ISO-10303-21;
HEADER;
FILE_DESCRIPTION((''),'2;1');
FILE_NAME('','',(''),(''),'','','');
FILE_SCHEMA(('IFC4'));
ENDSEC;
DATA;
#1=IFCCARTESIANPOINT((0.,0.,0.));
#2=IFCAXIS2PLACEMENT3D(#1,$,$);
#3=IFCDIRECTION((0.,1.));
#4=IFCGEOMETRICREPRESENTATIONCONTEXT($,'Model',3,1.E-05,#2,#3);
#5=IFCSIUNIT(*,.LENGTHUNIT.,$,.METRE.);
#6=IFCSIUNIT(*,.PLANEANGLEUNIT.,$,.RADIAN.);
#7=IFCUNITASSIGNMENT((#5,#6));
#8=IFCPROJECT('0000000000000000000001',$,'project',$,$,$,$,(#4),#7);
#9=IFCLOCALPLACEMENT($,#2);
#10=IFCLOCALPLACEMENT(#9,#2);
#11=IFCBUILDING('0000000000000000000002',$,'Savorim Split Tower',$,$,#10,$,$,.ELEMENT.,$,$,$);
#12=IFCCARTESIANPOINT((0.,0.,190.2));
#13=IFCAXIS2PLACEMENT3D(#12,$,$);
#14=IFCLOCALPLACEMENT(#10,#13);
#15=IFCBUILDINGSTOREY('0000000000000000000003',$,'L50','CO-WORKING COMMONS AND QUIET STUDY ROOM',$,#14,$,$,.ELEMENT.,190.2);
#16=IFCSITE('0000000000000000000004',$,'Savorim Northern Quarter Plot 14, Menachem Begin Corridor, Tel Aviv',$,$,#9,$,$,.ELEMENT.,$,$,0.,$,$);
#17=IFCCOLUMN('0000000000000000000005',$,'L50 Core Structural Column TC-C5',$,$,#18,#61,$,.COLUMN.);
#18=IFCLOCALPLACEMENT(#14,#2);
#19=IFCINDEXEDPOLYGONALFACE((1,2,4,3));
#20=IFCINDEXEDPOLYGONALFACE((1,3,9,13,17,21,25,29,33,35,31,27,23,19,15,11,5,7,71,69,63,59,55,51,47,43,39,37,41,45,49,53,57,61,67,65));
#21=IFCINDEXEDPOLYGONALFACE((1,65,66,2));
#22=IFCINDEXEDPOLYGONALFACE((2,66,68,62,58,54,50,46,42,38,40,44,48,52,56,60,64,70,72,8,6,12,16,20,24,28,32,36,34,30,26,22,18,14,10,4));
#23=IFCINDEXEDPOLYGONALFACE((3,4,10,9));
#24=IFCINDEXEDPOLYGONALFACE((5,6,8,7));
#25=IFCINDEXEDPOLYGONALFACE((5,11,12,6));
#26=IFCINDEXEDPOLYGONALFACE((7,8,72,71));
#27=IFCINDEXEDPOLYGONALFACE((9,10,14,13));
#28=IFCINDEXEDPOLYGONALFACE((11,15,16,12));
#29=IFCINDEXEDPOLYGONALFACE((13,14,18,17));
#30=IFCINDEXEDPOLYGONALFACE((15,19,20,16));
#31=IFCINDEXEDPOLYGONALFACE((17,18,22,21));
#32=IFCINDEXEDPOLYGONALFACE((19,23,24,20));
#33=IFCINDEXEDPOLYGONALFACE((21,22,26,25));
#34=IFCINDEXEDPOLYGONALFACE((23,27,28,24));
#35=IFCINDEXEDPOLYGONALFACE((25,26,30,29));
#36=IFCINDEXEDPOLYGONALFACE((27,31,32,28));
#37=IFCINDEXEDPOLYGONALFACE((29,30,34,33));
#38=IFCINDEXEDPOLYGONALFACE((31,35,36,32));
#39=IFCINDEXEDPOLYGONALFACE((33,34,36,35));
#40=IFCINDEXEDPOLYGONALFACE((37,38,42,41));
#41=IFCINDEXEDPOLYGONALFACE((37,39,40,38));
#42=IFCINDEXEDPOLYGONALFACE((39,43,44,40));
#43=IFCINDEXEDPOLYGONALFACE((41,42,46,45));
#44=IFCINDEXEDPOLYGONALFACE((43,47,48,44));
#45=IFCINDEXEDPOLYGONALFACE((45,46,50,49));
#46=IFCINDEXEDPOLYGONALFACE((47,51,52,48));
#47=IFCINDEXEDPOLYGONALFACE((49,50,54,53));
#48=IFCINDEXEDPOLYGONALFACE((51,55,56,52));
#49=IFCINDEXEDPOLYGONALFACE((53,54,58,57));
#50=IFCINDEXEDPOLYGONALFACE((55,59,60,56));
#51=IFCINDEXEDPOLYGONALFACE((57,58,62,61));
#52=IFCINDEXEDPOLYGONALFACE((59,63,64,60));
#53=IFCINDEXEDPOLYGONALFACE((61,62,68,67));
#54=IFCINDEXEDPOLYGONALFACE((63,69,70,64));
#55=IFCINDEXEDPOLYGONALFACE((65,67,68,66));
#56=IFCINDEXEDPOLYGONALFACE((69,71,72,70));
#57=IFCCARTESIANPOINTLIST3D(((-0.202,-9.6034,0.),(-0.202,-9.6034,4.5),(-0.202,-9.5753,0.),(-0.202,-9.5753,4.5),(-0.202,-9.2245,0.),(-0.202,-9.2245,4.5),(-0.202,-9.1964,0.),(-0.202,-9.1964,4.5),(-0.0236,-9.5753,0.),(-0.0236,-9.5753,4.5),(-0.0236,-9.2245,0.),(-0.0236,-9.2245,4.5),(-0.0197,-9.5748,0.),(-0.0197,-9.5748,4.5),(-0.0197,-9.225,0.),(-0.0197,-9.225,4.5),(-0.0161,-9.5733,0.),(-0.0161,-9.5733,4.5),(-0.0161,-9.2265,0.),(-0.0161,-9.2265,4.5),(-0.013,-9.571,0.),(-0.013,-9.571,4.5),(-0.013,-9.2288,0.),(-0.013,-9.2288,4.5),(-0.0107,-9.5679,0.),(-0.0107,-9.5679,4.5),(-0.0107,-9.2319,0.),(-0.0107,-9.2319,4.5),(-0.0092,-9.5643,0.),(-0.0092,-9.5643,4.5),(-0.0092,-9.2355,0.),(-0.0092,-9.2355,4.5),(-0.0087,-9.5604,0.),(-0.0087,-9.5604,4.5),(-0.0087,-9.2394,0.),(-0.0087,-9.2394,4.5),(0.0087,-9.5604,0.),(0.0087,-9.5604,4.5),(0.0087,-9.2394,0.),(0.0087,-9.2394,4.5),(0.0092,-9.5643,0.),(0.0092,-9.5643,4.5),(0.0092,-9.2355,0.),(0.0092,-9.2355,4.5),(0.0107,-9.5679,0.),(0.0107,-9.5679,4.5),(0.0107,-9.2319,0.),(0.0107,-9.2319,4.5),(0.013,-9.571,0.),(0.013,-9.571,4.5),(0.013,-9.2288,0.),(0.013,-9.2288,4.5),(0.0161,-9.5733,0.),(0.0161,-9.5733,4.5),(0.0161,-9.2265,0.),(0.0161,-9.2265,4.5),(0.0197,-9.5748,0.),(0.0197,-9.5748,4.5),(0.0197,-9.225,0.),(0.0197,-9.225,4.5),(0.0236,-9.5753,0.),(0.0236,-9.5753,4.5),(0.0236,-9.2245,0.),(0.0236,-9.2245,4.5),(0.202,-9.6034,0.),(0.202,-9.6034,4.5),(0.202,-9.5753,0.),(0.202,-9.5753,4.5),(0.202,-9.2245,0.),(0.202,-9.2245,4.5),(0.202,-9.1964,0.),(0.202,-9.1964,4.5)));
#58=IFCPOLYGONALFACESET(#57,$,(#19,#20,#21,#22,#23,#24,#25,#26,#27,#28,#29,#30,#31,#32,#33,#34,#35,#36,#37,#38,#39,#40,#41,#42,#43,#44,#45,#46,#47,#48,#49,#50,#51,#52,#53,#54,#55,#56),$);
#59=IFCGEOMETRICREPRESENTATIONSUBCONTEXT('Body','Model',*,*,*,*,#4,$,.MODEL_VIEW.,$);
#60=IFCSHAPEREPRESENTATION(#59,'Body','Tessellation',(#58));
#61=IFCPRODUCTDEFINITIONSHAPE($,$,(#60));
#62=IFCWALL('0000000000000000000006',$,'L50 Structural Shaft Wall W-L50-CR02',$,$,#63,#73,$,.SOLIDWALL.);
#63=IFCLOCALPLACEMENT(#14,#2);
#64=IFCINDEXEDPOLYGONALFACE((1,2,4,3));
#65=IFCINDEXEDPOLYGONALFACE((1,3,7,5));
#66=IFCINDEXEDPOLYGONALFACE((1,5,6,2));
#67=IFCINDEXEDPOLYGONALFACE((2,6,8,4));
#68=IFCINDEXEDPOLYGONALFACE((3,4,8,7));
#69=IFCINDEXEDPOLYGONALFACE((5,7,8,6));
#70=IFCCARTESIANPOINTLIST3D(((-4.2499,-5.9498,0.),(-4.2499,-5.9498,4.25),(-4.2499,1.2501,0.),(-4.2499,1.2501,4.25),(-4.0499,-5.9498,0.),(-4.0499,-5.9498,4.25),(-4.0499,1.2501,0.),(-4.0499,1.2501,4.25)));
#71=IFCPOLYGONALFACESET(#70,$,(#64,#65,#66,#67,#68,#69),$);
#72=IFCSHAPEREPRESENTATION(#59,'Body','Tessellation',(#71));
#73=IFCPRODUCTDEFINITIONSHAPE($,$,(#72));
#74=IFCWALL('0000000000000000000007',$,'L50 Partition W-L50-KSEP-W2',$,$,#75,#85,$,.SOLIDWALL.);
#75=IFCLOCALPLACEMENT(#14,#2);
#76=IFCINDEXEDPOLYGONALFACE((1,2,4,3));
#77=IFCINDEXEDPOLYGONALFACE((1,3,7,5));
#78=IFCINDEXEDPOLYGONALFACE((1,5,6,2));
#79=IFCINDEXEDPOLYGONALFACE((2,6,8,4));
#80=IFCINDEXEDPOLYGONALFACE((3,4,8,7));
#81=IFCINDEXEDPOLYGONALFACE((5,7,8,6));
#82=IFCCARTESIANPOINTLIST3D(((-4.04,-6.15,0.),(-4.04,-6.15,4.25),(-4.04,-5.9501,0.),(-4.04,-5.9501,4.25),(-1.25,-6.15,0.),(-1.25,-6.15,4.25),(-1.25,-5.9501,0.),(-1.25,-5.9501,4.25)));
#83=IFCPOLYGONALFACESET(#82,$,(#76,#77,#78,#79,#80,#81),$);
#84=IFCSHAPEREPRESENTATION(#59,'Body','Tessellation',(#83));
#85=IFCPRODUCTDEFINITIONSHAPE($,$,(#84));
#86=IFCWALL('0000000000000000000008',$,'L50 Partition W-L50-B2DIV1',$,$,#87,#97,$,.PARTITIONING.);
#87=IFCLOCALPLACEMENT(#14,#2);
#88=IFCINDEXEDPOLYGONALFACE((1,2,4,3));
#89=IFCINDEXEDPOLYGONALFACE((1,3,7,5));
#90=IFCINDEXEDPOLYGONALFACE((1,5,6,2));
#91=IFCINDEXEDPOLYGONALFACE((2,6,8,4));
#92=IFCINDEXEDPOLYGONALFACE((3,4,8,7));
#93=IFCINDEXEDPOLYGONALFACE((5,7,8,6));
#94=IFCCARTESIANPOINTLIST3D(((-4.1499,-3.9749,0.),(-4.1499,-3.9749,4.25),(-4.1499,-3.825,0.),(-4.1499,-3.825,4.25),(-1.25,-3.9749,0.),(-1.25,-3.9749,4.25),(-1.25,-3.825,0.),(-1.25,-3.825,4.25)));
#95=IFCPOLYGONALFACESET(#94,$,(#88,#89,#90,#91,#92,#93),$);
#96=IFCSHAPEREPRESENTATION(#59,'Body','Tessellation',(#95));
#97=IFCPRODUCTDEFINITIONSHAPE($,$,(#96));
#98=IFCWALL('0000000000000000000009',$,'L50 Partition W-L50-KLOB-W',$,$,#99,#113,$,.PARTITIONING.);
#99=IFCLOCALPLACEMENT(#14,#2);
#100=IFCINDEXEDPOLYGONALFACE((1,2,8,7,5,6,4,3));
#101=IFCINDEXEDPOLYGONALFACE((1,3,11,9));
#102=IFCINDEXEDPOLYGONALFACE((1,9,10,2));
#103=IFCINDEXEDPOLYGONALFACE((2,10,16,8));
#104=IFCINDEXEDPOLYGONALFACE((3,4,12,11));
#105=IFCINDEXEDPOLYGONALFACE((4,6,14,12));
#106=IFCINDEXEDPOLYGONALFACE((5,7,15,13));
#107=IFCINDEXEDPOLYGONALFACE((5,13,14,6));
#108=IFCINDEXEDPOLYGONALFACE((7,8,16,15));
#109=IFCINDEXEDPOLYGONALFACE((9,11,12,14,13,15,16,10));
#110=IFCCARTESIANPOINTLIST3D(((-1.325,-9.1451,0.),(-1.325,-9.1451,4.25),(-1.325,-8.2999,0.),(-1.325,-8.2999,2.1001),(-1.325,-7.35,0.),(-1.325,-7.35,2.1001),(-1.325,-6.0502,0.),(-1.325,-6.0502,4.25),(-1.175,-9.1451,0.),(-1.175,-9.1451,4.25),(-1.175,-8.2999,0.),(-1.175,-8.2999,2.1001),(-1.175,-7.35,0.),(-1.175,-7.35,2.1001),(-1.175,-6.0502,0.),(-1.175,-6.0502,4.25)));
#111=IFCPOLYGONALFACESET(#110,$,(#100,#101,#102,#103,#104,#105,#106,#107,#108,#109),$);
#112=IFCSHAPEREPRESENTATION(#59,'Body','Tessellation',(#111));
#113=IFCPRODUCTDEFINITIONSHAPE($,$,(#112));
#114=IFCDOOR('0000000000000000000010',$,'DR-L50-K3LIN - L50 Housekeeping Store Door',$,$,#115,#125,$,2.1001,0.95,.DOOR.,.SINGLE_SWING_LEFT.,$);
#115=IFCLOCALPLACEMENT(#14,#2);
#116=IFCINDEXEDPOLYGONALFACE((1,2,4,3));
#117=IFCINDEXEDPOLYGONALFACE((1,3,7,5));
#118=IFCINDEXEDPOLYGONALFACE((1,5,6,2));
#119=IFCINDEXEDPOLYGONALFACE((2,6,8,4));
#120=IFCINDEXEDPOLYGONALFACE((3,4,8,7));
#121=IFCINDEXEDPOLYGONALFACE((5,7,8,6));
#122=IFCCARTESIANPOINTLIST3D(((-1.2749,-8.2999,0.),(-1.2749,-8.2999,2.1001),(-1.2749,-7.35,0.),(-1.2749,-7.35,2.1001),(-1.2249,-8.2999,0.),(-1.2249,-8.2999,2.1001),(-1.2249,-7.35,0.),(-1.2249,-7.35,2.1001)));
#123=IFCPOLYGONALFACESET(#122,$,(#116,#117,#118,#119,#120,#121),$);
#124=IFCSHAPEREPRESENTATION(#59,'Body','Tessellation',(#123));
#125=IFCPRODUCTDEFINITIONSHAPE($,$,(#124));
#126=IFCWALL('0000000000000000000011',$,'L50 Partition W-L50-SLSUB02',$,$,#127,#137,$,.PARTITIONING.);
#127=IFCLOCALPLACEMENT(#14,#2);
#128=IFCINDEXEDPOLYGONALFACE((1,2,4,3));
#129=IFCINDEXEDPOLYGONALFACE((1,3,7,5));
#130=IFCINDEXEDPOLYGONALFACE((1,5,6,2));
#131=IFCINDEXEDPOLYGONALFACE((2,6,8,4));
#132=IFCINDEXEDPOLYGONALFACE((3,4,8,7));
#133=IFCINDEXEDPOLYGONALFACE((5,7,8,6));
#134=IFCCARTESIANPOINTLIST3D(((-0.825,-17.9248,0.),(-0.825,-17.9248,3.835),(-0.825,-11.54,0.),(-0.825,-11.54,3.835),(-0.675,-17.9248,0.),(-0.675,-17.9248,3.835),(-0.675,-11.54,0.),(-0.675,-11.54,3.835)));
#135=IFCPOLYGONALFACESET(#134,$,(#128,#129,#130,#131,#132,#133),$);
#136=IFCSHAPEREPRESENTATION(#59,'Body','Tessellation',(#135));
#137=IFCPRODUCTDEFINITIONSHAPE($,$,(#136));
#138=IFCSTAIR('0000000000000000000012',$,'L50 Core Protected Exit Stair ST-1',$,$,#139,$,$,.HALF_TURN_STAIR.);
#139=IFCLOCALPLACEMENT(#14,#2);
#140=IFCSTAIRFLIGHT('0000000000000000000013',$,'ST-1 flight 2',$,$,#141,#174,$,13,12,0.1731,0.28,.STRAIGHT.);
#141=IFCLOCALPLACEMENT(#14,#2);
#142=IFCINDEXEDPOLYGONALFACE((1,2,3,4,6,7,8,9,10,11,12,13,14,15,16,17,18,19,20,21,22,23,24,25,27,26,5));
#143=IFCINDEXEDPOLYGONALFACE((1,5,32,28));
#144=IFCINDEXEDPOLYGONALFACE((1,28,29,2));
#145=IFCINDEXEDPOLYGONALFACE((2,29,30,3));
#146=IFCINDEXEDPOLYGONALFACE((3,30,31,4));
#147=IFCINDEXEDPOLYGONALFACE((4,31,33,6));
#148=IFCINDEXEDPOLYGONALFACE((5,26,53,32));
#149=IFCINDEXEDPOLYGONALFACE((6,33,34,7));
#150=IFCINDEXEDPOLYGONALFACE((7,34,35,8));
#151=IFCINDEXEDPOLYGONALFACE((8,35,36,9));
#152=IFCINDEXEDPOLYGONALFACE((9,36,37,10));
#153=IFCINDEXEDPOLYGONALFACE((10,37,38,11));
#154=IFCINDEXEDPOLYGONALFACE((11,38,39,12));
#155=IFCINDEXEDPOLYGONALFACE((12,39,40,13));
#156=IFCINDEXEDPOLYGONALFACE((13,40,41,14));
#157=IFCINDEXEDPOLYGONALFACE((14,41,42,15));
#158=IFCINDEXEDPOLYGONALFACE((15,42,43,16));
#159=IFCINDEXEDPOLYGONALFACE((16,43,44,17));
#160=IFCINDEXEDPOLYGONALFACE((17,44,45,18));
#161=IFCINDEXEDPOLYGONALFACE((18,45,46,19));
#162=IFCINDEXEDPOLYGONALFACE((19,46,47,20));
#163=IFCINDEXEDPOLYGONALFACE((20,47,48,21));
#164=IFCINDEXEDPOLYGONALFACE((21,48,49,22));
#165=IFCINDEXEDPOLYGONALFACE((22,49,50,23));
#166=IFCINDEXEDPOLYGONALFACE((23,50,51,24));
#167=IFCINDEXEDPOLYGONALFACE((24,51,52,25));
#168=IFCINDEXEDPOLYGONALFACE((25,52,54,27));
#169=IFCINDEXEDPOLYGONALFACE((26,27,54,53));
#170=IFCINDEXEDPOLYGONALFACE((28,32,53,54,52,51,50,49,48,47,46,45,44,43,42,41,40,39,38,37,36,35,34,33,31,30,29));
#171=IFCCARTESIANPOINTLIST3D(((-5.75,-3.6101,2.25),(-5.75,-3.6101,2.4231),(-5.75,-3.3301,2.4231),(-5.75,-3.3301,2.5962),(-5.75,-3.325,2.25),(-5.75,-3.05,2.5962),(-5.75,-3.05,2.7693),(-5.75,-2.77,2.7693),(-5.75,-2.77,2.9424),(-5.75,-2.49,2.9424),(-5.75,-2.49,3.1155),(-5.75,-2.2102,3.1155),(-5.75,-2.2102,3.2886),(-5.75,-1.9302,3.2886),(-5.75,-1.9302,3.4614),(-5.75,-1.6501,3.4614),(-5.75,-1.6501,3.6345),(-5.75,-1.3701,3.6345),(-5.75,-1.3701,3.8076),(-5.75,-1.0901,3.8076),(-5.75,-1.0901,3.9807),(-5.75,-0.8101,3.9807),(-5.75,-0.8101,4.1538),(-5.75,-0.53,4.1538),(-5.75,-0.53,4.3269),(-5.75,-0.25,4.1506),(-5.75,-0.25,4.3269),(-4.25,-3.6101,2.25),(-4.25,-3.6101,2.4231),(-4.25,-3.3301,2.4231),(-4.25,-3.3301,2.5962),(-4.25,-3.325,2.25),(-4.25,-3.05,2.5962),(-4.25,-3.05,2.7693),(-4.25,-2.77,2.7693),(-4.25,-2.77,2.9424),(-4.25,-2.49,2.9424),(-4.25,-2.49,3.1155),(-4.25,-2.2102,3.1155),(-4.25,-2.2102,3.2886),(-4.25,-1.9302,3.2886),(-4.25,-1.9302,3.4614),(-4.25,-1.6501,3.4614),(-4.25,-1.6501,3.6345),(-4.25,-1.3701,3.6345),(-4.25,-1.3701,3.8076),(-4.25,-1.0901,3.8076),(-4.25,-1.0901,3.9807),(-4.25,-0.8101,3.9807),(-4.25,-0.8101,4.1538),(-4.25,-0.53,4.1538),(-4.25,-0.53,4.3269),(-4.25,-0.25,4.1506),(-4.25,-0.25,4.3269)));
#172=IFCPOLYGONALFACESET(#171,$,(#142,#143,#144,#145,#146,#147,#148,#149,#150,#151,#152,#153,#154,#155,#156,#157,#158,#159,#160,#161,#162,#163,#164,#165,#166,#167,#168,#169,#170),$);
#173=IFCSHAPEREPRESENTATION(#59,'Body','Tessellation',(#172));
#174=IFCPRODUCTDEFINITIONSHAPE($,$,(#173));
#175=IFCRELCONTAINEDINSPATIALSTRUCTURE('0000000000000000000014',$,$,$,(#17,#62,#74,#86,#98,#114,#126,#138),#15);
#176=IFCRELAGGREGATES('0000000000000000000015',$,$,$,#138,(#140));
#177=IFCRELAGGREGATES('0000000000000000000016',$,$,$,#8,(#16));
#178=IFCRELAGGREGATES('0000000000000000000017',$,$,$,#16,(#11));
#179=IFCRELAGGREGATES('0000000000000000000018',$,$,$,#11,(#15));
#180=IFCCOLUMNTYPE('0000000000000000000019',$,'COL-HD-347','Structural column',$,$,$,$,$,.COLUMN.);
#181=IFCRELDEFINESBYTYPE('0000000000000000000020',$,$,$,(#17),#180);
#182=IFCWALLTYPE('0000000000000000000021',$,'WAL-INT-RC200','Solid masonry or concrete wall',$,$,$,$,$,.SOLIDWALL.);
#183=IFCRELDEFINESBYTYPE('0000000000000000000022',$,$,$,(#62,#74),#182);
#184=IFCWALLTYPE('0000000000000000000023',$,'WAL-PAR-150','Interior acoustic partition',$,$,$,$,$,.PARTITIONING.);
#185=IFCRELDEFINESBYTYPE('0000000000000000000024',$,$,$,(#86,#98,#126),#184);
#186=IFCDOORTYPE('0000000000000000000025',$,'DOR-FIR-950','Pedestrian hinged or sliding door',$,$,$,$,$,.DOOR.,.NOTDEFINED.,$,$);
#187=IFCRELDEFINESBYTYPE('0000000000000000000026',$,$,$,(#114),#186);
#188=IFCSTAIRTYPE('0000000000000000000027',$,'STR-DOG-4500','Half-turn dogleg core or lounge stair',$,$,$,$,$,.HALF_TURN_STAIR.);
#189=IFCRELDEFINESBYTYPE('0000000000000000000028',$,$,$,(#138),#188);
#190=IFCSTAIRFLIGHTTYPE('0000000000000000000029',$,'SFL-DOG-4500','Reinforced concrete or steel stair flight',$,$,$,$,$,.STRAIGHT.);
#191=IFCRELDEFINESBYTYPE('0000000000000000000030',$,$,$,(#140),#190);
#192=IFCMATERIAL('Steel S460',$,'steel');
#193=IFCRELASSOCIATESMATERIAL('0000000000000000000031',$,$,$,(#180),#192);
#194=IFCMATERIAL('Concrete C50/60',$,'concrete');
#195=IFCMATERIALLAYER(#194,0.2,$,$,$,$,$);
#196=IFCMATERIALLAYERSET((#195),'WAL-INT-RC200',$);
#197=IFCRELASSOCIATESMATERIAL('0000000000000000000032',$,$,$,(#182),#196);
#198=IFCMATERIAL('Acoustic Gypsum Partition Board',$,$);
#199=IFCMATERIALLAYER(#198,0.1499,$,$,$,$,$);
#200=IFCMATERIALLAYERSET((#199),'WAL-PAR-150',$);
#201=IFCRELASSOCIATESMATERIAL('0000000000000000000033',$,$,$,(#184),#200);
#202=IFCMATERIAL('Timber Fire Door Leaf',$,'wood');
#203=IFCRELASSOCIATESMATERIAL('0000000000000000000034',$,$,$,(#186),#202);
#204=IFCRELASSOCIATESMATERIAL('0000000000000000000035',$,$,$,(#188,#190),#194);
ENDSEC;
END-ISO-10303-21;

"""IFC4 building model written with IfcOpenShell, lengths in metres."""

from ifc_helpers import new_model, si_unit, direction, frame, frame_2d, origin, origin_2d, place, context, subcontext, project, spatial, polyline, rectangle, i_section, outline, extrude, material, layer, layer_set, material_profile, profile_set, type_object, element, fill, aggregate, save


model = new_model("IFC4")

# Units and contexts
model_context = context("Model", 3, precision=1e-05, world=origin(), true_north=direction((0.0, 1.0)))
body_context = subcontext(model_context, "Body", "Model", "MODEL_VIEW")
ifc_project = project(units=[si_unit("LENGTHUNIT", "METRE"), si_unit("PLANEANGLEUNIT", "RADIAN")], contexts=[model_context])

# Site, building, storey
site_placement = place(None, origin())
site = spatial("IfcSite", under=ifc_project, at=site_placement, Name="Savorim Northern Quarter Plot 14, Menachem Begin Corridor, Tel Aviv", CompositionType="ELEMENT", RefElevation=0.0)
building_placement = place(site_placement, origin())
building = spatial("IfcBuilding", under=site, at=building_placement, Name="Savorim Split Tower", CompositionType="ELEMENT")
storey_placement = place(building_placement, frame((0.0, 0.0, 190.2)))
storey = spatial("IfcBuildingStorey", under=building, at=storey_placement, Name="L50", Description="CO-WORKING COMMONS AND QUIET STUDY ROOM", CompositionType="ELEMENT", Elevation=190.2)

# Column
ifc_material_1 = material(Name="Steel S460", Category="steel")
ifc_material_profile = material_profile(ifc_material_1, i_section(OverallWidth=0.4041, OverallDepth=0.407, WebThickness=0.0173, FlangeThickness=0.0281, FilletRadius=0.0149, at=origin_2d()), Name="HD 400x347")
ifc_profile_set = profile_set([ifc_material_profile], Name="Steel S460")
column_type = type_object("IfcColumnType", Name="COL-HD-347", Description="Structural column", PredefinedType="COLUMN", material=ifc_profile_set)
column_placement = place(storey_placement, frame((0.0, -9.3999, 0.0), z_axis=(0.0, 0.0, 1.0), x_axis=(1.0, 0.0, 0.0)))
element("IfcColumn", 1, at=column_placement, inside=storey, type_object=column_type, Name="L50 Core Structural Column TC-C5", PredefinedType="COLUMN", context=body_context, shape_type="SweptSolid", body=[
    extrude(i_section(OverallWidth=0.4041, OverallDepth=0.407, WebThickness=0.0173, FlangeThickness=0.0281, FilletRadius=0.0149, at=origin_2d()), origin(), (0.0, 0.0, 1.0), 4.5),
])

# Wall
ifc_material_2 = material(Name="Concrete C50/60", Category="concrete")
ifc_layer_1 = layer(ifc_material_2, 0.2)
ifc_layer_set_1 = layer_set([ifc_layer_1], Name="WAL-INT-RC200")
wall_type_1 = type_object("IfcWallType", Name="WAL-INT-RC200", Description="Solid masonry or concrete wall", PredefinedType="SOLIDWALL", material=ifc_layer_set_1)
wall_1_placement = place(storey_placement, frame((-4.1499, -5.95, 0.0), z_axis=(0.0, 0.0, 1.0), x_axis=(0.0, 1.0, 0.0)))
element("IfcWall", 2, at=wall_1_placement, inside=storey, type_object=wall_type_1, Name="L50 Structural Shaft Wall W-L50-CR02", PredefinedType="SOLIDWALL", context=body_context, shape_type="SweptSolid", body=[
    extrude(rectangle(XDim=7.2, YDim=0.2, at=frame_2d((3.6001, 0.0))), origin(), (0.0, 0.0, 1.0), 4.25),
])

# Walls
wall_2_placement = place(storey_placement, frame((-4.04, -6.05, 0.0), z_axis=(0.0, 0.0, 1.0), x_axis=(1.0, 0.0, 0.0)))
element("IfcWall", 3, at=wall_2_placement, inside=storey, type_object=wall_type_1, Name="L50 Partition W-L50-KSEP-W2", PredefinedType="SOLIDWALL", context=body_context, shape_type="SweptSolid", body=[
    extrude(rectangle(XDim=2.79, YDim=0.2, at=frame_2d((1.395, 0.0))), origin(), (0.0, 0.0, 1.0), 4.25),
])
ifc_material_3 = material(Name="Acoustic Gypsum Partition Board")
ifc_layer_2 = layer(ifc_material_3, 0.1499)
ifc_layer_set_2 = layer_set([ifc_layer_2], Name="WAL-PAR-150")
wall_type_2 = type_object("IfcWallType", Name="WAL-PAR-150", Description="Interior acoustic partition", PredefinedType="PARTITIONING", material=ifc_layer_set_2)
wall_3_placement = place(storey_placement, frame((-4.1499, -3.8999, 0.0), z_axis=(0.0, 0.0, 1.0), x_axis=(1.0, 0.0, 0.0)))
element("IfcWall", 4, at=wall_3_placement, inside=storey, type_object=wall_type_2, Name="L50 Partition W-L50-B2DIV1", PredefinedType="PARTITIONING", context=body_context, shape_type="SweptSolid", body=[
    extrude(rectangle(XDim=2.8999, YDim=0.1499, at=frame_2d((1.45, 0.0))), origin(), (0.0, 0.0, 1.0), 4.25),
])

# Wall, opening, door
wall_4_placement = place(storey_placement, frame((-1.25, -9.145, 0.0), z_axis=(0.0, 0.0, 1.0), x_axis=(0.0, 1.0, 0.0)))
wall_4 = element("IfcWall", 5, at=wall_4_placement, inside=storey, type_object=wall_type_2, Name="L50 Partition W-L50-KLOB-W", PredefinedType="PARTITIONING", context=body_context, shape_type="SweptSolid", body=[
    extrude(rectangle(XDim=3.095, YDim=0.1499, at=frame_2d((1.5474, 0.0))), origin(), (0.0, 0.0, 1.0), 4.25),
])
opening_1_placement = place(wall_4_placement, frame((0.845, 0.0, 0.0)))
opening_1 = element("IfcOpeningElement", 6, at=opening_1_placement, cuts=wall_4, PredefinedType="OPENING", context=body_context, shape_type="SweptSolid", body=[
    extrude(rectangle(XDim=0.95, YDim=2.1001, at=frame_2d((0.4751, 1.05))), frame((0.0, 0.085, 0.0), z_axis=(0.0, -1.0, 0.0), x_axis=(1.0, 0.0, 0.0)), (0.0, 0.0, 1.0), 0.1699),
])
ifc_material_4 = material(Name="Timber Fire Door Leaf", Category="wood")
door_type_1 = type_object("IfcDoorType", Name="DOR-FIR-950", Description="Pedestrian hinged or sliding door", OperationType="NOTDEFINED", PredefinedType="DOOR", material=ifc_material_4)
door_1_placement = place(opening_1_placement, origin())
door_1 = element("IfcDoor", 7, at=door_1_placement, inside=storey, type_object=door_type_1, Name="DR-L50-K3LIN - L50 Housekeeping Store Door", OperationType="SINGLE_SWING_LEFT", OverallHeight=2.1001, OverallWidth=0.95, PredefinedType="DOOR", context=body_context, shape_type="SweptSolid", body=[
    extrude(rectangle(XDim=0.95, YDim=2.1001, at=frame_2d((0.4751, 1.05))), frame((0.0, 0.0249, 0.0), z_axis=(0.0, -1.0, 0.0), x_axis=(1.0, 0.0, 0.0)), (0.0, 0.0, 1.0), 0.05),
])
fill(opening_1, door_1)

# Wall
wall_5_placement = place(storey_placement, frame((-0.75, -11.54, 0.0), z_axis=(0.0, 0.0, 1.0), x_axis=(0.0, -1.0, 0.0)))
element("IfcWall", 8, at=wall_5_placement, inside=storey, type_object=wall_type_2, Name="L50 Partition W-L50-SLSUB02", PredefinedType="PARTITIONING", context=body_context, shape_type="SweptSolid", body=[
    extrude(rectangle(XDim=6.3848, YDim=0.1499, at=frame_2d((3.1924, 0.0))), origin(), (0.0, 0.0, 1.0), 3.835),
])

# Stair, stair flight
stair_type = type_object("IfcStairType", Name="STR-DOG-4500", Description="Half-turn dogleg core or lounge stair", PredefinedType="HALF_TURN_STAIR", material=ifc_material_2)
stair_placement = place(storey_placement, origin())
stair = element("IfcStair", 9, at=stair_placement, inside=storey, type_object=stair_type, Name="L50 Core Protected Exit Stair ST-1", PredefinedType="HALF_TURN_STAIR")
stair_flight_type = type_object("IfcStairFlightType", Name="SFL-DOG-4500", Description="Reinforced concrete or steel stair flight", PredefinedType="STRAIGHT", material=ifc_material_2)
stair_flight_placement = place(storey_placement, frame((-5.0, -3.6101, 2.25), z_axis=(0.0, 0.0, 1.0), x_axis=(0.0, 1.0, 0.0)))
stair_flight = element("IfcStairFlight", 10, at=stair_flight_placement, type_object=stair_flight_type, Name="ST-1 flight 2", NumberOfRisers=13, NumberOfTreads=12, PredefinedType="STRAIGHT", RiserHeight=0.1731, TreadLength=0.28, context=body_context, shape_type="SweptSolid", body=[
    extrude(outline(polyline([(0.0, 0.0), (0.0, 0.1731), (0.28, 0.1731), (0.28, 0.3462), (0.5601, 0.3462), (0.5601, 0.5193), (0.8401, 0.5193), (0.8401, 0.6924), (1.1201, 0.6924), (1.1201, 0.8655), (1.3999, 0.8655), (1.3999, 1.0386), (1.6799, 1.0386), (1.6799, 1.2114), (1.96, 1.2114), (1.96, 1.3845), (2.24, 1.3845), (2.24, 1.5576), (2.52, 1.5576), (2.52, 1.7307), (2.8, 1.7307), (2.8, 1.9038), (3.0801, 1.9038), (3.0801, 2.0769), (3.3601, 2.0769), (3.3601, 2.25), (3.3601, 1.9006), (0.2852, 0.0), (0.0, 0.0)])), frame((0.0, 0.75, 0.0), z_axis=(0.0, -1.0, 0.0), x_axis=(1.0, 0.0, 0.0)), (0.0, 0.0, 1.0), 1.5),
])
aggregate(stair, [stair_flight])

save(model, "model.ifc")
